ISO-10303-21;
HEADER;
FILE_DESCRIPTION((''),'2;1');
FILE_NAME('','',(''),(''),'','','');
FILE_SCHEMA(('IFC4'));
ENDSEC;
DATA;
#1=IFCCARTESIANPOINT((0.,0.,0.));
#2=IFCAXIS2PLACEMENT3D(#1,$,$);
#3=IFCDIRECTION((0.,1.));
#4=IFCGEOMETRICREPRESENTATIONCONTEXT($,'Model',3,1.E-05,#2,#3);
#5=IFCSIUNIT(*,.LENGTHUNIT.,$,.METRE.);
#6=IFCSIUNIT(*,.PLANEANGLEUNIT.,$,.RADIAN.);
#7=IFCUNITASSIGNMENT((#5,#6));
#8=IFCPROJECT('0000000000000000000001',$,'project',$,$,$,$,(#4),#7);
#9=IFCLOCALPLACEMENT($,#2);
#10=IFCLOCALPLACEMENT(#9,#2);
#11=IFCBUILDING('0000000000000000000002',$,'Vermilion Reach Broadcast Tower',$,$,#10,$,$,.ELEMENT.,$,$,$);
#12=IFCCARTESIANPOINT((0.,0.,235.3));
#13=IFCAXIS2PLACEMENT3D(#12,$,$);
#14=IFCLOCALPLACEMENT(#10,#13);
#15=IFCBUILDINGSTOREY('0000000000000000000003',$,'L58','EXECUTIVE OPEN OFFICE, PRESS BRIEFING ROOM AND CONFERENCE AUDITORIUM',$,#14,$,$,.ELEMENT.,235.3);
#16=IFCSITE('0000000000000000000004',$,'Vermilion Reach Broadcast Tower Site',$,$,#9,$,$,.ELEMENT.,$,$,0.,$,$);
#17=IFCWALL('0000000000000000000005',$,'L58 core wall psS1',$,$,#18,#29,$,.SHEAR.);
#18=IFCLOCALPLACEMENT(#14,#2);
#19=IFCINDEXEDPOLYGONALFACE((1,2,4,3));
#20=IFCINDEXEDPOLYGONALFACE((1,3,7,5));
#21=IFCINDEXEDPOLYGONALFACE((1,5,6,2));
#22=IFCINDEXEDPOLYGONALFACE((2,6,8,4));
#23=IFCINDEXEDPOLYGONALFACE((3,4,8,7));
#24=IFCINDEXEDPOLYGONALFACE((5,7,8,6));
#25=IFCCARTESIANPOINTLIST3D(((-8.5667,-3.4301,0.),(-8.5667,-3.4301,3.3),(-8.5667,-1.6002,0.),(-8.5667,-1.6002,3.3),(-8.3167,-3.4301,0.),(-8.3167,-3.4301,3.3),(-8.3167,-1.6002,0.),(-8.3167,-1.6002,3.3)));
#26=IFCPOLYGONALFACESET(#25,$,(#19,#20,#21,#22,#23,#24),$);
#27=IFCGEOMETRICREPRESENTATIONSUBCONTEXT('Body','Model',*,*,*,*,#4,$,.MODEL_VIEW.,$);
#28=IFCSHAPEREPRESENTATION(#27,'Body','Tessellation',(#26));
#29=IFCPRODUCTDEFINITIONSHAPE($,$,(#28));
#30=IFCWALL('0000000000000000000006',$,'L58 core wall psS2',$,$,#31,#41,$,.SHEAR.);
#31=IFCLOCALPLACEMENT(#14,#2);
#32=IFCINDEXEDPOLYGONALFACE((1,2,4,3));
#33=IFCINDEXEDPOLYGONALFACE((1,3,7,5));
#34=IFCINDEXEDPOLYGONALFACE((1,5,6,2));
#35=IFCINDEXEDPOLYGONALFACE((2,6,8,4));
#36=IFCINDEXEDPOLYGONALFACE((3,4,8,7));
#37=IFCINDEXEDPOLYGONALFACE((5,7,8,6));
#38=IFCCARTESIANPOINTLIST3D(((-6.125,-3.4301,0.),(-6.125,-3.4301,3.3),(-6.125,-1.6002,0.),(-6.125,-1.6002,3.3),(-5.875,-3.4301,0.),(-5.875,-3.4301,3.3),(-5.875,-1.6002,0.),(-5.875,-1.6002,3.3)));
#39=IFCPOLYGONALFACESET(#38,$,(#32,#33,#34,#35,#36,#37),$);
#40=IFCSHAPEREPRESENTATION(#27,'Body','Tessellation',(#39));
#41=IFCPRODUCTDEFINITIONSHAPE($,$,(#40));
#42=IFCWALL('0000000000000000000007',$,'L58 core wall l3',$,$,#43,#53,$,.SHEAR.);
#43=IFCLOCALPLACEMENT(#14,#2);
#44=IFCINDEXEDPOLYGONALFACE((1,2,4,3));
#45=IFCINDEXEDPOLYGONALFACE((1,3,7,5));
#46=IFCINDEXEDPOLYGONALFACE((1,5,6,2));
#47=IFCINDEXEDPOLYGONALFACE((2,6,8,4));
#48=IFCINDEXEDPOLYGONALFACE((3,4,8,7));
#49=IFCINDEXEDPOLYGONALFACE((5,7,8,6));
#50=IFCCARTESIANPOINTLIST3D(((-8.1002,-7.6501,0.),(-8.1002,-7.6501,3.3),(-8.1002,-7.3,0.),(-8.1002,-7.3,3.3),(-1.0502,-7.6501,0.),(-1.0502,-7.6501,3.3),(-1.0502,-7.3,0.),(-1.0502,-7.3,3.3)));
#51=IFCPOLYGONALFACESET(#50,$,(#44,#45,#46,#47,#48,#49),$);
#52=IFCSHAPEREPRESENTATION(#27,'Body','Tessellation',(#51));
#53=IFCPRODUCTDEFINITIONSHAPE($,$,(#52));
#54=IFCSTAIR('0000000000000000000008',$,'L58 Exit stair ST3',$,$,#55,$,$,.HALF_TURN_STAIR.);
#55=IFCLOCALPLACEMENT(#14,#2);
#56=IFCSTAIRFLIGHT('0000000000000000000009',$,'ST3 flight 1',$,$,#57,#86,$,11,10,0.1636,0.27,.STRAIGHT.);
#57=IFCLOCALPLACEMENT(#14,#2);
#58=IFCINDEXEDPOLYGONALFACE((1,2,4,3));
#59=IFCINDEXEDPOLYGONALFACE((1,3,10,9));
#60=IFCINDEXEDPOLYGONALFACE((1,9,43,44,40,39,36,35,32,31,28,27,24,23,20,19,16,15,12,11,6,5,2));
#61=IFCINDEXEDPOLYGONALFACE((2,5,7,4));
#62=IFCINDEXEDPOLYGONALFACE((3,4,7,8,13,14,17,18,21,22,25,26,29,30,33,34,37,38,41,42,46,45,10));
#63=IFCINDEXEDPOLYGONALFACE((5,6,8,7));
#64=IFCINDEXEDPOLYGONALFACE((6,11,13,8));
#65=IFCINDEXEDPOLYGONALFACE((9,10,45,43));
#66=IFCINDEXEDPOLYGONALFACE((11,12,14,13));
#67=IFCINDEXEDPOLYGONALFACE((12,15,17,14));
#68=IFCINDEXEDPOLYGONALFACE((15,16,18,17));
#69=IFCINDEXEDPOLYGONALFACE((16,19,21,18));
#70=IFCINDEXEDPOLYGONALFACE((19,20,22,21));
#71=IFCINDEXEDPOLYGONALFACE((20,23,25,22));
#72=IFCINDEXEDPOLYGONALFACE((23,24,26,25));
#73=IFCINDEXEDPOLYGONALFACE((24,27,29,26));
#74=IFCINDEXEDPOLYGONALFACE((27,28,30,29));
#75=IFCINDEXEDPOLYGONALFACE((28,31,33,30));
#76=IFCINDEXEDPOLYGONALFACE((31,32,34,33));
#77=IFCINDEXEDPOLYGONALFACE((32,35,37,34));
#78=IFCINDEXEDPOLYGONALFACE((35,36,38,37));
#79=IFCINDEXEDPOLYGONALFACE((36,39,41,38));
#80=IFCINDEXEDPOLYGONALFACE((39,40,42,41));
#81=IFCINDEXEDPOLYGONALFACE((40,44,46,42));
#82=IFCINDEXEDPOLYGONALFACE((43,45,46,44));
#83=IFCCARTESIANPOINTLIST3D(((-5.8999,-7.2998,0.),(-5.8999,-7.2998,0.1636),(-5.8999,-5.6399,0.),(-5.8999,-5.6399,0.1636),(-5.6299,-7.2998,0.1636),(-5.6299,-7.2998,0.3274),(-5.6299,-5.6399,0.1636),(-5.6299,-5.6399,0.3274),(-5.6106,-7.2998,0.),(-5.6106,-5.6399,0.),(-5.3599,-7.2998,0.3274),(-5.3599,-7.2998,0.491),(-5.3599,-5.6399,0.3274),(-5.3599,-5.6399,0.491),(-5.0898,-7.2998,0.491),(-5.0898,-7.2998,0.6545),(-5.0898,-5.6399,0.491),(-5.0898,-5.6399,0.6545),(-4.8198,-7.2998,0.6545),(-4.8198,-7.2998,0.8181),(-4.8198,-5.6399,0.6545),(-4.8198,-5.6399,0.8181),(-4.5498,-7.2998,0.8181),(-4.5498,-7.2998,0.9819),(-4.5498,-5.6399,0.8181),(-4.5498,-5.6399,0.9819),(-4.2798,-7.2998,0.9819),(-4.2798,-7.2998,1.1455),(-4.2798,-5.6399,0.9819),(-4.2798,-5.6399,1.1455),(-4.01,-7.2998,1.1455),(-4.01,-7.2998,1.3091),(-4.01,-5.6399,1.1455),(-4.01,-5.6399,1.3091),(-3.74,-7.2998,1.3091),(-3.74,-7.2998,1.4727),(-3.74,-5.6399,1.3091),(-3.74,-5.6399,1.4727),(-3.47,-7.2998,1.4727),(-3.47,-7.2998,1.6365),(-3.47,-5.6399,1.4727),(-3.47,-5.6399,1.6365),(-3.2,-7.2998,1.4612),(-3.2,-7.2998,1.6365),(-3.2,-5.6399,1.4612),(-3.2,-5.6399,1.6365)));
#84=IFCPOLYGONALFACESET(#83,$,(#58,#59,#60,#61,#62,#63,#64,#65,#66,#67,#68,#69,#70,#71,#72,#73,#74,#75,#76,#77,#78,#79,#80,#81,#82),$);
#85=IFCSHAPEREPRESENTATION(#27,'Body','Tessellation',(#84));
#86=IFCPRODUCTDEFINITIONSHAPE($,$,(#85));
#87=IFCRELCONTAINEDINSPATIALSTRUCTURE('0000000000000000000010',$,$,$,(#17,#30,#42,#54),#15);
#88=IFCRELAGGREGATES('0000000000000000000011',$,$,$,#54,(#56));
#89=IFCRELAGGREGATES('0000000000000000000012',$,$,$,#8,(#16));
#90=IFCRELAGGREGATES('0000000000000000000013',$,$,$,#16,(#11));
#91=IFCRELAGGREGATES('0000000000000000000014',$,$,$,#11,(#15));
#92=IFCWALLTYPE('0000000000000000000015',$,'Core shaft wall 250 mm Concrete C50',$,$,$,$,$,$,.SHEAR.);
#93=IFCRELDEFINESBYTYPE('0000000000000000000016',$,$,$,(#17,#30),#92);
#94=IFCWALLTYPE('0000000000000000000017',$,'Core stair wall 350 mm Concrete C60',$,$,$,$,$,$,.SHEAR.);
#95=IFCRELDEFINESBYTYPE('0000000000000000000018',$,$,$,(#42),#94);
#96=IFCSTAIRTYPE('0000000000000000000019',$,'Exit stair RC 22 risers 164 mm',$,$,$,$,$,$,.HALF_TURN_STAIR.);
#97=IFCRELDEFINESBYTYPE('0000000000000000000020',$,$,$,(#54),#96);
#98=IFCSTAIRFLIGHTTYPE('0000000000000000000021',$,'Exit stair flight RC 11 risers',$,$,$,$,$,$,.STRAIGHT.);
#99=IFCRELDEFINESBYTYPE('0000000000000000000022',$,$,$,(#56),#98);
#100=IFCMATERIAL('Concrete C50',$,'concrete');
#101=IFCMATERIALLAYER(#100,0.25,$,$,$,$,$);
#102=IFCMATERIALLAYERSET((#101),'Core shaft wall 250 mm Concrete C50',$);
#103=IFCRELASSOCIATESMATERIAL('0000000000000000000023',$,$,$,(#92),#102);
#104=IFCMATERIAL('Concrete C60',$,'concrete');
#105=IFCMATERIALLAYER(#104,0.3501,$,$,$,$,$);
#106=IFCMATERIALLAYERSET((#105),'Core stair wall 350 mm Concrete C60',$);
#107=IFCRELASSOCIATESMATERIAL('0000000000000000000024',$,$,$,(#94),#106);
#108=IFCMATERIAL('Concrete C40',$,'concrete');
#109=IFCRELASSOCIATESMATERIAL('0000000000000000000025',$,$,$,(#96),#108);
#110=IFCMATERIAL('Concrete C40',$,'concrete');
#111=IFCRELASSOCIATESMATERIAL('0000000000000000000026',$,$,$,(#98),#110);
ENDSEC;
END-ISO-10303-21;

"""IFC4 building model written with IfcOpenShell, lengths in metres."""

from ifc_helpers import new_model, si_unit, direction, frame, frame_2d, origin, place, context, subcontext, project, spatial, polyline, rectangle, outline, extrude, material, layer, layer_set, type_object, element, aggregate, save


model = new_model("IFC4")

# Units and contexts
model_context = context("Model", 3, precision=1e-05, world=origin(), true_north=direction((0.0, 1.0)))
body_context = subcontext(model_context, "Body", "Model", "MODEL_VIEW")
ifc_project = project(units=[si_unit("LENGTHUNIT", "METRE"), si_unit("PLANEANGLEUNIT", "RADIAN")], contexts=[model_context])

# Site, building, storey
site_placement = place(None, origin())
site = spatial("IfcSite", under=ifc_project, at=site_placement, Name="Vermilion Reach Broadcast Tower Site", CompositionType="ELEMENT", RefElevation=0.0)
building_placement = place(site_placement, origin())
building = spatial("IfcBuilding", under=site, at=building_placement, Name="Vermilion Reach Broadcast Tower", CompositionType="ELEMENT")
storey_placement = place(building_placement, frame((0.0, 0.0, 235.3)))
storey = spatial("IfcBuildingStorey", under=building, at=storey_placement, Name="L58", Description="EXECUTIVE OPEN OFFICE, PRESS BRIEFING ROOM AND CONFERENCE AUDITORIUM", CompositionType="ELEMENT", Elevation=235.3)

# Walls
ifc_material_1 = material(Name="Concrete C50", Category="concrete")
ifc_layer_1 = layer(ifc_material_1, 0.25)
ifc_layer_set_1 = layer_set([ifc_layer_1], Name="Core shaft wall 250 mm Concrete C50")
wall_type_1 = type_object("IfcWallType", Name="Core shaft wall 250 mm Concrete C50", PredefinedType="SHEAR", material=ifc_layer_set_1)
for number, where, z_axis, x_axis, name in (
    (1, (-8.4417, -1.6001, 0.0), (0.0, 0.0, 1.0), (0.0, -1.0, 0.0), "L58 core wall psS1"),
    (2, (-6.0, -1.6001, 0.0), (0.0, 0.0, 1.0), (0.0, -1.0, 0.0), "L58 core wall psS2"),
):
    element("IfcWall", number, at=place(storey_placement, frame(where, z_axis=z_axis, x_axis=x_axis)), inside=storey, type_object=wall_type_1, Name=name, PredefinedType="SHEAR", context=body_context, shape_type="SweptSolid", body=[
        extrude(rectangle(XDim=1.8298, YDim=0.25, at=frame_2d((0.915, 0.0))), origin(), (0.0, 0.0, 1.0), 3.3),
    ])
ifc_material_2 = material(Name="Concrete C60", Category="concrete")
ifc_layer_2 = layer(ifc_material_2, 0.3501)
ifc_layer_set_2 = layer_set([ifc_layer_2], Name="Core stair wall 350 mm Concrete C60")
wall_type_2 = type_object("IfcWallType", Name="Core stair wall 350 mm Concrete C60", PredefinedType="SHEAR", material=ifc_layer_set_2)
wall_1_placement = place(storey_placement, frame((-8.1001, -7.4751, 0.0), z_axis=(0.0, 0.0, 1.0), x_axis=(1.0, 0.0, 0.0)))
element("IfcWall", 3, at=wall_1_placement, inside=storey, type_object=wall_type_2, Name="L58 core wall l3", PredefinedType="SHEAR", context=body_context, shape_type="SweptSolid", body=[
    extrude(rectangle(XDim=7.05, YDim=0.3501, at=frame_2d((3.5249, 0.0))), origin(), (0.0, 0.0, 1.0), 3.3),
])

# Stair, stair flight
ifc_material_3 = material(Name="Concrete C40", Category="concrete")
stair_type = type_object("IfcStairType", Name="Exit stair RC 22 risers 164 mm", PredefinedType="HALF_TURN_STAIR", material=ifc_material_3)
stair_placement = place(storey_placement, origin())
stair = element("IfcStair", 4, at=stair_placement, inside=storey, type_object=stair_type, Name="L58 Exit stair ST3", PredefinedType="HALF_TURN_STAIR")
ifc_material_4 = material(Name="Concrete C40", Category="concrete")
stair_flight_type = type_object("IfcStairFlightType", Name="Exit stair flight RC 11 risers", PredefinedType="STRAIGHT", material=ifc_material_4)
stair_flight_placement = place(storey_placement, frame((-5.8999, -6.47, 0.0), z_axis=(0.0, 0.0, 1.0), x_axis=(1.0, 0.0, 0.0)))
stair_flight = element("IfcStairFlight", 5, at=stair_flight_placement, type_object=stair_flight_type, Name="ST3 flight 1", NumberOfRisers=11, NumberOfTreads=10, PredefinedType="STRAIGHT", RiserHeight=0.1636, TreadLength=0.27, context=body_context, shape_type="SweptSolid", body=[
    extrude(outline(polyline([(0.0, 0.0), (0.0, 0.1636), (0.27, 0.1636), (0.27, 0.3274), (0.54, 0.3274), (0.54, 0.491), (0.8101, 0.491), (0.8101, 0.6545), (1.0801, 0.6545), (1.0801, 0.8181), (1.3501, 0.8181), (1.3501, 0.9819), (1.6201, 0.9819), (1.6201, 1.1455), (1.8899, 1.1455), (1.8899, 1.3091), (2.1599, 1.3091), (2.1599, 1.4727), (2.4299, 1.4727), (2.4299, 1.6365), (2.7, 1.6365), (2.7, 1.8), (2.7, 1.4612), (0.2893, 0.0), (0.0, 0.0)])), frame((0.0, 0.8301, 0.0), z_axis=(0.0, -1.0, 0.0), x_axis=(1.0, 0.0, 0.0)), (0.0, 0.0, 1.0), 1.6599),
])
aggregate(stair, [stair_flight])

save(model, "model.ifc")
